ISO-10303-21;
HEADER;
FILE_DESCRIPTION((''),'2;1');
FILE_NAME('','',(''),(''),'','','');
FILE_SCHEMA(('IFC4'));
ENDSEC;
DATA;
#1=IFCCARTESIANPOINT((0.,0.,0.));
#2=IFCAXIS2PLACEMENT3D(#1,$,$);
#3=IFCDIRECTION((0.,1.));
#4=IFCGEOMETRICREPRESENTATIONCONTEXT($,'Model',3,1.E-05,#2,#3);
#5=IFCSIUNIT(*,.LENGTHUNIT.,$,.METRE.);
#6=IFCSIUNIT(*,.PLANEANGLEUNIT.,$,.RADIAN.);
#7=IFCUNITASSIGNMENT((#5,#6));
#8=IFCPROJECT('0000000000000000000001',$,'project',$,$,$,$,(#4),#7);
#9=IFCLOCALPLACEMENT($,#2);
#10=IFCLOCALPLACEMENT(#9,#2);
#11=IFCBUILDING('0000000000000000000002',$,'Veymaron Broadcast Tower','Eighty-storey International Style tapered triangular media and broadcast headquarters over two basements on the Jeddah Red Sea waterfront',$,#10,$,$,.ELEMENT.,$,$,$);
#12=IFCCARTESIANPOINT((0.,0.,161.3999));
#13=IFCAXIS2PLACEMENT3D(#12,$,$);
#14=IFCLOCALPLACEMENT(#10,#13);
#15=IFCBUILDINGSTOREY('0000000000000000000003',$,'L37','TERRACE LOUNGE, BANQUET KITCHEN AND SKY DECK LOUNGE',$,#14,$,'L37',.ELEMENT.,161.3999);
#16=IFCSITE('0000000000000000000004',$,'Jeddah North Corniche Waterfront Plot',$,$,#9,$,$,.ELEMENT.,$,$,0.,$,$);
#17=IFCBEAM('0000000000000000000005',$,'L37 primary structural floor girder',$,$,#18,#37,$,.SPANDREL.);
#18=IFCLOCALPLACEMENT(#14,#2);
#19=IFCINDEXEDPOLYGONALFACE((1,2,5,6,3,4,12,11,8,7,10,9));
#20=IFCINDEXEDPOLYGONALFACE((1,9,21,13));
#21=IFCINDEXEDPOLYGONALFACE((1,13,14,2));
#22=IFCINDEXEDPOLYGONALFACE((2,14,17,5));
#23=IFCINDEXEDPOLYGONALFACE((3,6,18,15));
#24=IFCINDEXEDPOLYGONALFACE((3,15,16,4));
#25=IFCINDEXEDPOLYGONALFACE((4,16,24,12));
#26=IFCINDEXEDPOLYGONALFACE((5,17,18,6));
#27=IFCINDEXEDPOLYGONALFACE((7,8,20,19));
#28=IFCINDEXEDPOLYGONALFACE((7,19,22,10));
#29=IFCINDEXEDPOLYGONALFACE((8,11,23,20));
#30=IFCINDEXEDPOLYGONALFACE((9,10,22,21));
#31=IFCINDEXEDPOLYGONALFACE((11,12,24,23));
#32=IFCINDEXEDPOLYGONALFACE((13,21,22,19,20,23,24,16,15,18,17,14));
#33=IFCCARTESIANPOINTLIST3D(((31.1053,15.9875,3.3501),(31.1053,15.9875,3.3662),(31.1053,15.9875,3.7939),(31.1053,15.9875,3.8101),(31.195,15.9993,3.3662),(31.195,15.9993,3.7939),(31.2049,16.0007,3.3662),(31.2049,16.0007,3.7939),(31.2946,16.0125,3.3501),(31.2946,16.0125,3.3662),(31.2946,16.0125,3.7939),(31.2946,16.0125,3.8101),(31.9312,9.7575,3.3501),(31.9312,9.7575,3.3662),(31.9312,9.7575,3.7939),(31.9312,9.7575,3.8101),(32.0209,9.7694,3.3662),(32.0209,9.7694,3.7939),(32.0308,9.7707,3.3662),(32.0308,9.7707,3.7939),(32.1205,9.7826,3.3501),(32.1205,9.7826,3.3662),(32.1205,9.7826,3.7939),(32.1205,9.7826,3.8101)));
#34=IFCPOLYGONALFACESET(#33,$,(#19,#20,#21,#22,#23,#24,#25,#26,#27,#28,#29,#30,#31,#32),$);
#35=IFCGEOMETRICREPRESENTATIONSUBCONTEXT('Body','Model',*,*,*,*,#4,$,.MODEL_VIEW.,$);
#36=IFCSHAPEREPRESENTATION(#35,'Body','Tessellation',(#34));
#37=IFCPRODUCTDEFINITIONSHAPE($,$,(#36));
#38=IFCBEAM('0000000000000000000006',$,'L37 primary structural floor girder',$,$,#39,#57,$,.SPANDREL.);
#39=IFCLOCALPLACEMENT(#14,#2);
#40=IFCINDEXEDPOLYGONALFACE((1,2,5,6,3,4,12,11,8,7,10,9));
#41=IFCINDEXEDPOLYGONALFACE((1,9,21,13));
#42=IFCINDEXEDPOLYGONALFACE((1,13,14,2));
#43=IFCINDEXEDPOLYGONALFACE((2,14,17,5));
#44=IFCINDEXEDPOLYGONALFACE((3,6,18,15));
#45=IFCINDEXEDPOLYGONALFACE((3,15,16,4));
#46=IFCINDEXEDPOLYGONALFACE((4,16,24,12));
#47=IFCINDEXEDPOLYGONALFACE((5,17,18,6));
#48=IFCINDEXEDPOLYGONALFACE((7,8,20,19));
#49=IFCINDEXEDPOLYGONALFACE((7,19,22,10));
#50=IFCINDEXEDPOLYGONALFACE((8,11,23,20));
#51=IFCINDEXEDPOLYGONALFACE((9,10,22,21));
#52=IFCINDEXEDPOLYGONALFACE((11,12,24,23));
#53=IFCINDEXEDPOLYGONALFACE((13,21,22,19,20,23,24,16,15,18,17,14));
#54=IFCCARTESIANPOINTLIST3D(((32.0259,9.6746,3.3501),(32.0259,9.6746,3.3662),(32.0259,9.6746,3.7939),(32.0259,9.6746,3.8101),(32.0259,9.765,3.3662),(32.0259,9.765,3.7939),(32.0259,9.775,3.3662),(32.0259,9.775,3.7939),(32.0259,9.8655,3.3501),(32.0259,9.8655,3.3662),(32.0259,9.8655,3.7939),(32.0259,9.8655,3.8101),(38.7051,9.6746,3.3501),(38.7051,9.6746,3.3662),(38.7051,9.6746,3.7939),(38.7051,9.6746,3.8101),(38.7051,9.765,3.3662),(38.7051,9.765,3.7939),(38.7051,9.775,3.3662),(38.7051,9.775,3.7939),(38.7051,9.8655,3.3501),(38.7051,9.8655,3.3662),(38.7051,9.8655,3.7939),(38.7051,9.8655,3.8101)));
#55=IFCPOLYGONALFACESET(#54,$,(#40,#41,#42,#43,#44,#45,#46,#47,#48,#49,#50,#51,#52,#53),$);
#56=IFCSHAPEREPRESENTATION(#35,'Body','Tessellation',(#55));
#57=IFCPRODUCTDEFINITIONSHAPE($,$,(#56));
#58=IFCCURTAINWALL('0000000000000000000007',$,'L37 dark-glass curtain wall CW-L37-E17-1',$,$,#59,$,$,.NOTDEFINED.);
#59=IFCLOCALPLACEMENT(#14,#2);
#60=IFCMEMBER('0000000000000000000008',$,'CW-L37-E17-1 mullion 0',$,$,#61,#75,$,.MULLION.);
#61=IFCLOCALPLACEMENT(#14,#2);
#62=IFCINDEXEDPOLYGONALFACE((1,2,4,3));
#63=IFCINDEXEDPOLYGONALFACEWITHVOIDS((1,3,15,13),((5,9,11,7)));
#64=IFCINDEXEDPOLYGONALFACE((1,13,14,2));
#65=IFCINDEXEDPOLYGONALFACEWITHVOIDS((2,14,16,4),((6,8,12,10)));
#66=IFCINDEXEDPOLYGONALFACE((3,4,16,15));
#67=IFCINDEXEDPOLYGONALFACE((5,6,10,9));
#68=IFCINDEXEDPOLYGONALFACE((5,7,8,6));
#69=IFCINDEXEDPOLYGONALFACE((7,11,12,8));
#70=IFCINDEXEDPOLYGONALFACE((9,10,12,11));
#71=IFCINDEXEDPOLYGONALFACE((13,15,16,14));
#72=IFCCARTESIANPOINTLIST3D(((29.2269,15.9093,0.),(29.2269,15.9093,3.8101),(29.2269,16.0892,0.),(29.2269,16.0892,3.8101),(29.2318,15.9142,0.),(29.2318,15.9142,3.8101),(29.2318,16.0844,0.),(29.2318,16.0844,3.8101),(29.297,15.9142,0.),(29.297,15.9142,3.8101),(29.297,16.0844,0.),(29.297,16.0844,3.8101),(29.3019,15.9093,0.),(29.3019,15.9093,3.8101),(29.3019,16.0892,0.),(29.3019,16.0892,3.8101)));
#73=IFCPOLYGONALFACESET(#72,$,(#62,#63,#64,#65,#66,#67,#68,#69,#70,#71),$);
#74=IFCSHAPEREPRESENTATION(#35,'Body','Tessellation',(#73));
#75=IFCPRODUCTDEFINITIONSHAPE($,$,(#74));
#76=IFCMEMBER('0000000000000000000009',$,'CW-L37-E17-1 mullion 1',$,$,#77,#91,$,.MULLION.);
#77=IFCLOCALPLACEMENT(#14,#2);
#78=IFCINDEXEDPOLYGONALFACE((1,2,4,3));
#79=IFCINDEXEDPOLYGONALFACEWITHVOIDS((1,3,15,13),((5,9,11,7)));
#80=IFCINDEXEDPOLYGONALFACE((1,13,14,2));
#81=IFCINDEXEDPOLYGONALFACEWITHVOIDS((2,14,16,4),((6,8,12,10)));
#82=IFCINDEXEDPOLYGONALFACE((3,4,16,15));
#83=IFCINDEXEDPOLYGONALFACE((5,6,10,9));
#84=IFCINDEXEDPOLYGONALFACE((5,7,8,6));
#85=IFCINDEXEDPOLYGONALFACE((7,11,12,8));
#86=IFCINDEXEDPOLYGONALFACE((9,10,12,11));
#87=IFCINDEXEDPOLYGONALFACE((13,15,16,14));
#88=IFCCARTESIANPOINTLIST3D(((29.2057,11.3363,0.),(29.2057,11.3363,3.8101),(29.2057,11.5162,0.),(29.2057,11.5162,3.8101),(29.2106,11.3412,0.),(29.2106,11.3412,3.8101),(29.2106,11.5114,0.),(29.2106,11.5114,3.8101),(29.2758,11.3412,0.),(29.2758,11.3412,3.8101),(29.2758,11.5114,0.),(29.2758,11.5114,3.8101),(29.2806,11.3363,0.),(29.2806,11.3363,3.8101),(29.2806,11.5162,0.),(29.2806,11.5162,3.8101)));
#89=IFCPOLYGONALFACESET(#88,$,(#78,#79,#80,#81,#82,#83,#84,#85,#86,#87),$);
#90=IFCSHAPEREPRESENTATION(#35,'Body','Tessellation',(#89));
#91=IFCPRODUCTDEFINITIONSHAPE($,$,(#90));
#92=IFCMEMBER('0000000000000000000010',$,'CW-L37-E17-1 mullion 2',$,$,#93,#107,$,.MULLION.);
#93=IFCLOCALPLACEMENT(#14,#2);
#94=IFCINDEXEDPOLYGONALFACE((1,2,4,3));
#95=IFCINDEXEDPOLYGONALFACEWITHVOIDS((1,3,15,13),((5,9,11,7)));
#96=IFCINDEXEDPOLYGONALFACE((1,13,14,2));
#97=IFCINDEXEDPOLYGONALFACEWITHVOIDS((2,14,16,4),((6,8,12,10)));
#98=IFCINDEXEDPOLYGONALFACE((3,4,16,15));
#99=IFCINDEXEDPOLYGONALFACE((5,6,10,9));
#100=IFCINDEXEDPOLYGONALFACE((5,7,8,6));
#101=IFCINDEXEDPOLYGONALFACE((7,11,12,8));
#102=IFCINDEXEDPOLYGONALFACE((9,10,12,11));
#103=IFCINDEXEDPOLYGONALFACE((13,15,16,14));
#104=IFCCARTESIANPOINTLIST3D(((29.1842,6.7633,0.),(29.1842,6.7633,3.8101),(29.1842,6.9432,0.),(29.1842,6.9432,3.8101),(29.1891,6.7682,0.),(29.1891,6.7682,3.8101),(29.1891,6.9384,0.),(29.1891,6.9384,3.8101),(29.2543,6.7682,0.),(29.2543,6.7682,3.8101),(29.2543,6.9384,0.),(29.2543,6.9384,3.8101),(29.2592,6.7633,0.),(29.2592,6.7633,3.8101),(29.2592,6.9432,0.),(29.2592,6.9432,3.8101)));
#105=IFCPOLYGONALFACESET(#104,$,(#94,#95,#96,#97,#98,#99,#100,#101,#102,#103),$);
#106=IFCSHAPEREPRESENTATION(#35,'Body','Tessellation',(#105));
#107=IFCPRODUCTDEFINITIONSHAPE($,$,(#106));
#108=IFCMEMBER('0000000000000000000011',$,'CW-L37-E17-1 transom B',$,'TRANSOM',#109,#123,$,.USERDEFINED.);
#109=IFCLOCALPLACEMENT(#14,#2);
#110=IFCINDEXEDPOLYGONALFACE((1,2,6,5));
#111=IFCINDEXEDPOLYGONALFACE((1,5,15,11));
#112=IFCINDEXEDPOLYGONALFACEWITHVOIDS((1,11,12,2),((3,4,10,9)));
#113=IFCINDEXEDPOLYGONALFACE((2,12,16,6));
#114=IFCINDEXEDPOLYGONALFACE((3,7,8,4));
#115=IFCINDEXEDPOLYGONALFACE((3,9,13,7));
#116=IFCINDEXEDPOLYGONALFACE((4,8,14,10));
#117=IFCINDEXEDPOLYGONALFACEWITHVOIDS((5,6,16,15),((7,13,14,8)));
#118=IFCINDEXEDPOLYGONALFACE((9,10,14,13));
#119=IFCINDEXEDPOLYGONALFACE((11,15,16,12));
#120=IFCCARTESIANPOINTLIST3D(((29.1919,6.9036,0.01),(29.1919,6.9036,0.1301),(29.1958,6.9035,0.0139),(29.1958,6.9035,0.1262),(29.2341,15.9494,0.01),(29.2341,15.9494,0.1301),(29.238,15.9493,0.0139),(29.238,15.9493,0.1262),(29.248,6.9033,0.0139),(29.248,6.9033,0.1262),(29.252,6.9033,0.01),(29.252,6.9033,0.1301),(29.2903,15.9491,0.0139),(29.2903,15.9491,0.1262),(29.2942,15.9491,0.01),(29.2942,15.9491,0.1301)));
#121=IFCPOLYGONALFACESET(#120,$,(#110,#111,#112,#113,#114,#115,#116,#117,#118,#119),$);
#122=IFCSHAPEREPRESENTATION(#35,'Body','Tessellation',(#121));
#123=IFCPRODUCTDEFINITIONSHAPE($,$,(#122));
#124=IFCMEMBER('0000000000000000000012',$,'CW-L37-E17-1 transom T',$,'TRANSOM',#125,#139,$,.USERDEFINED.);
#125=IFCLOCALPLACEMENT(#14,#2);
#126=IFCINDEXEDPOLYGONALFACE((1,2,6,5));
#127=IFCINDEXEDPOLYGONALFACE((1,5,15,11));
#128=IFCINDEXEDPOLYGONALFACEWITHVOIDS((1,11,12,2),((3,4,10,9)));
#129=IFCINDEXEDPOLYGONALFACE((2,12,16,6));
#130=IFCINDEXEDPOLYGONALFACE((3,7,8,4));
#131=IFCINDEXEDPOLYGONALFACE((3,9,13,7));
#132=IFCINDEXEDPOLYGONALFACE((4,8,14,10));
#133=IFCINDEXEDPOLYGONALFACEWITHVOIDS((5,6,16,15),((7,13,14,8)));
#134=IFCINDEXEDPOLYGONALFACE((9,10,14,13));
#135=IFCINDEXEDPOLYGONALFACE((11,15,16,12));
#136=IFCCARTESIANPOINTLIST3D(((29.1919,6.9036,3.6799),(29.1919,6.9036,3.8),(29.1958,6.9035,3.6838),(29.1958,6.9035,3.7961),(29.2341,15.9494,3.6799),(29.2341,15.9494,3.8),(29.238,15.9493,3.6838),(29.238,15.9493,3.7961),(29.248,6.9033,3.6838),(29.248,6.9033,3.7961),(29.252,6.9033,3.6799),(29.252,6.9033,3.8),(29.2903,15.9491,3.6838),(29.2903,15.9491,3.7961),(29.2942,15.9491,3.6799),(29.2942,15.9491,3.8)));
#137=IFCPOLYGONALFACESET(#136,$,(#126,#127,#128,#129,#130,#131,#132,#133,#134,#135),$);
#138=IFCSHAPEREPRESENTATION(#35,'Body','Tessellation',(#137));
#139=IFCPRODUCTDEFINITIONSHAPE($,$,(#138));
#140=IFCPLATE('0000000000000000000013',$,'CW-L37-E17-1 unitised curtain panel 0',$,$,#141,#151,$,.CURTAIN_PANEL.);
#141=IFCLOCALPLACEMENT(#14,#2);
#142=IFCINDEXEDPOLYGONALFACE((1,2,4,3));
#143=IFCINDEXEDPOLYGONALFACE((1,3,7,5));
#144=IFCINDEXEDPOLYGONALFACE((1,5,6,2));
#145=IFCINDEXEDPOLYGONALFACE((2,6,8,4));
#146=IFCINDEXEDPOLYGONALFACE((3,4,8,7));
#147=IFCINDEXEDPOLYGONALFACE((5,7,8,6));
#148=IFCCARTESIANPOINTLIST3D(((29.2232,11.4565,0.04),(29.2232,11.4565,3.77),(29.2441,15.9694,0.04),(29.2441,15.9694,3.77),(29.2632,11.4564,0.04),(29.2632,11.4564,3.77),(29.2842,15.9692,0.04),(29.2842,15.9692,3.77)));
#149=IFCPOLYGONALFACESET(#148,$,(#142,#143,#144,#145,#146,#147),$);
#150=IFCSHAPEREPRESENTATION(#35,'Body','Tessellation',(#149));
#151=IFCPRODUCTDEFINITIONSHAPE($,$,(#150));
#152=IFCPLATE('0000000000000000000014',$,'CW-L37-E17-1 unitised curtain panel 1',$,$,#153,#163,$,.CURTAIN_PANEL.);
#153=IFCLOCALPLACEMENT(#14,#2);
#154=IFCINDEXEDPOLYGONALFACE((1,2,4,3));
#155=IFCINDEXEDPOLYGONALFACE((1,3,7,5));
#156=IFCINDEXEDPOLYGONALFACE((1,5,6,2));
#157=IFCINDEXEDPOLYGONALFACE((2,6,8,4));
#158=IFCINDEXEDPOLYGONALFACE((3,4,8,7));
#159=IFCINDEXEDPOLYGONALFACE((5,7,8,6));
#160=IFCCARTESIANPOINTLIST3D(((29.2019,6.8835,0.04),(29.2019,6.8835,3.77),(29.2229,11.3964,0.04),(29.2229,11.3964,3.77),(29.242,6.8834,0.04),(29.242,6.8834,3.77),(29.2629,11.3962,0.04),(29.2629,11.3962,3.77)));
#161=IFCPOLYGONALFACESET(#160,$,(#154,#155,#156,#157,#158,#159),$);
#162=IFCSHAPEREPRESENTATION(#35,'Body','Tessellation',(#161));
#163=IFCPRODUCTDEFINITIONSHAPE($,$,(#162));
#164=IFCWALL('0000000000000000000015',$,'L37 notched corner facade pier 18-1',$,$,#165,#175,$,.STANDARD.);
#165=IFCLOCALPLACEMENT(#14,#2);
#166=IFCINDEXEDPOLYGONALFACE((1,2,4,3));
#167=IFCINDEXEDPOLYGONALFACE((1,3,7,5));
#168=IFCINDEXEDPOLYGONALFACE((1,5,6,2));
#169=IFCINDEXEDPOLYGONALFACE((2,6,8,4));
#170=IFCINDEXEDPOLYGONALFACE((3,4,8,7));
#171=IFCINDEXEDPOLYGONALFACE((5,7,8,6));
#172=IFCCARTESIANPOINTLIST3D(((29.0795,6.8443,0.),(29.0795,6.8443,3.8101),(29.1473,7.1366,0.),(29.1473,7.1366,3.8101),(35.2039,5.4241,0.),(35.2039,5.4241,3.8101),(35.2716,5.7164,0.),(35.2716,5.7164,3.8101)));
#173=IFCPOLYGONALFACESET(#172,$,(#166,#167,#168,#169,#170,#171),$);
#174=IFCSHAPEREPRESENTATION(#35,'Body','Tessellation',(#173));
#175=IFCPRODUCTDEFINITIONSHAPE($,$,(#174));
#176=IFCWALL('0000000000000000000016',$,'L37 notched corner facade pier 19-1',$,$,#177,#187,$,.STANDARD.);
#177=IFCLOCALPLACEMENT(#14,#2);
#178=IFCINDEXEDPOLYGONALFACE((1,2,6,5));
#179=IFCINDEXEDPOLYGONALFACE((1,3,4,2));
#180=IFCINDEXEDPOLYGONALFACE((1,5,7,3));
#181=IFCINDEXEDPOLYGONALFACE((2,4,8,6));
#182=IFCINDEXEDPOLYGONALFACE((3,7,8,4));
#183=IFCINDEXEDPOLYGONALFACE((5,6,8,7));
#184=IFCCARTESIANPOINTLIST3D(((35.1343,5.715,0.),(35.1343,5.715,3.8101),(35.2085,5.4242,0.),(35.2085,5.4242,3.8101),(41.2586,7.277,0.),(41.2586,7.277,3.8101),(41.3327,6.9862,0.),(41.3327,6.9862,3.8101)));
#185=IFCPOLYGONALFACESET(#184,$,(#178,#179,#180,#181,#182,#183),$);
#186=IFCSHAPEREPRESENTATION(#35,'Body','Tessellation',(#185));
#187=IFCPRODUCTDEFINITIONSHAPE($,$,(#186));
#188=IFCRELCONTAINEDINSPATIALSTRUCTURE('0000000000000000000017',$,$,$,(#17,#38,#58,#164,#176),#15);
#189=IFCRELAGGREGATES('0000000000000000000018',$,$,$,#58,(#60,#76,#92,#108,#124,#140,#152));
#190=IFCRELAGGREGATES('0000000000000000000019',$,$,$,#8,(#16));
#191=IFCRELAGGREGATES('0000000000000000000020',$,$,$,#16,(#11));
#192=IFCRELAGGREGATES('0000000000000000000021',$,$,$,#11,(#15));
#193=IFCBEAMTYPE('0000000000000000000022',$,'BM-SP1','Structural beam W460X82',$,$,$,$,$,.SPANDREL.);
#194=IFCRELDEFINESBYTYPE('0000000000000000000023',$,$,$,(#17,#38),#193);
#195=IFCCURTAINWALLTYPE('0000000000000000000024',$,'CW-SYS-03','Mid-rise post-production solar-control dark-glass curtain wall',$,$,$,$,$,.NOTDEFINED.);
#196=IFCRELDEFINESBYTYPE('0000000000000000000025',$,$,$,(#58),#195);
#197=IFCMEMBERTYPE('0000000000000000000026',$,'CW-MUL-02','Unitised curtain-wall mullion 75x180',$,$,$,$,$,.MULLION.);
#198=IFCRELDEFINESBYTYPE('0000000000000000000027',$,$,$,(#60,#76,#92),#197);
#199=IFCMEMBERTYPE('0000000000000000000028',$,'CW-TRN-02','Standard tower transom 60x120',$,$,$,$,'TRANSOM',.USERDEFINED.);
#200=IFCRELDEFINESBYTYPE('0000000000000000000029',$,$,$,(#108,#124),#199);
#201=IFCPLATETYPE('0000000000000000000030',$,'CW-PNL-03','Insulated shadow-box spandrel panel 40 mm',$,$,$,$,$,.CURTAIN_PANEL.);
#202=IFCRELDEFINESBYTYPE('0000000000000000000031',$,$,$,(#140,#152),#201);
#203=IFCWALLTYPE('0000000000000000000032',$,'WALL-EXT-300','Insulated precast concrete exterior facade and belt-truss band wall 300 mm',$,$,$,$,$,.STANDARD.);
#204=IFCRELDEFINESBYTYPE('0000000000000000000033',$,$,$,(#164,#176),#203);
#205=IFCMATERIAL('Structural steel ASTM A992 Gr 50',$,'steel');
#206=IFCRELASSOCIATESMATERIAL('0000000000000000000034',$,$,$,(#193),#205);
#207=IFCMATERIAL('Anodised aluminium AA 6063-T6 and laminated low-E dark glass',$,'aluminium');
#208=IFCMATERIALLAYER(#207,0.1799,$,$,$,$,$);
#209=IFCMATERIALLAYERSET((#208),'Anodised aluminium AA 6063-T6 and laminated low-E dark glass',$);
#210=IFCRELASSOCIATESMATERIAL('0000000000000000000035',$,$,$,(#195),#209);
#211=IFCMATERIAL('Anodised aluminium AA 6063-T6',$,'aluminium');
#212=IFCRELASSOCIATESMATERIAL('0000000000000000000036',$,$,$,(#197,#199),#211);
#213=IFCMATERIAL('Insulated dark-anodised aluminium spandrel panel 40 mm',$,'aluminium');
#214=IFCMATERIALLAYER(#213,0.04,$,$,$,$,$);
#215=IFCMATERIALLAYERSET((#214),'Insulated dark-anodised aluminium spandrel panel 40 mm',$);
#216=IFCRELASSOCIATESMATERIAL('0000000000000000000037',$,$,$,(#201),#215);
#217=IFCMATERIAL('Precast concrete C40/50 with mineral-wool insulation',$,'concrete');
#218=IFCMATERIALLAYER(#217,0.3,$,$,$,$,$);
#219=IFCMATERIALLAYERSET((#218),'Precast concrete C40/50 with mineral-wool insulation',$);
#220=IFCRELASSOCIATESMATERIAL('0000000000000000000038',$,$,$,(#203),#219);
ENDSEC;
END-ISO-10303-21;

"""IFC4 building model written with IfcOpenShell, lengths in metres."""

from ifc_helpers import new_model, si_unit, direction, frame, frame_2d, origin, origin_2d, place, context, subcontext, project, spatial, rectangle, hollow_rectangle, i_section, extrude, material, layer, layer_set, material_profile, profile_set, type_object, element, aggregate, save


model = new_model("IFC4")

# Units and contexts
model_context = context("Model", 3, precision=1e-05, world=origin(), true_north=direction((0.0, 1.0)))
body_context = subcontext(model_context, "Body", "Model", "MODEL_VIEW")
ifc_project = project(units=[si_unit("LENGTHUNIT", "METRE"), si_unit("PLANEANGLEUNIT", "RADIAN")], contexts=[model_context])

# Site, building, storey
site_placement = place(None, origin())
site = spatial("IfcSite", under=ifc_project, at=site_placement, Name="Jeddah North Corniche Waterfront Plot", CompositionType="ELEMENT", RefElevation=0.0)
building_placement = place(site_placement, origin())
building = spatial("IfcBuilding", under=site, at=building_placement, Name="Veymaron Broadcast Tower", Description="Eighty-storey International Style tapered triangular media and broadcast headquarters over two basements on the Jeddah Red Sea waterfront", CompositionType="ELEMENT")
storey_placement = place(building_placement, frame((0.0, 0.0, 161.3999)))
storey = spatial("IfcBuildingStorey", under=building, at=storey_placement, Name="L37", Description="TERRACE LOUNGE, BANQUET KITCHEN AND SKY DECK LOUNGE", LongName="L37", CompositionType="ELEMENT", Elevation=161.3999)

# Shared definitions
ifc_material_1 = material(Name="Structural steel ASTM A992 Gr 50", Category="steel")

# Beams
ifc_material_profile_1 = material_profile(ifc_material_1, i_section(OverallWidth=0.1909, OverallDepth=0.46, WebThickness=0.01, FlangeThickness=0.0161, at=origin_2d()), Name="W460X82")
ifc_profile_set_1 = profile_set([ifc_material_profile_1], Name="Structural steel ASTM A992 Gr 50")
beam_type_1 = type_object("IfcBeamType", Name="BM-SP1", Description="Structural beam W460X82", PredefinedType="SPANDREL", material=ifc_profile_set_1)
beam_1_placement = place(storey_placement, frame((31.2, 16.0, 3.5801), z_axis=(0.131423, -0.991326, 0.0), x_axis=(0.991326, 0.131423, 0.0)))
element("IfcBeam", 1, at=beam_1_placement, inside=storey, type_object=beam_type_1, Name="L37 primary structural floor girder", PredefinedType="SPANDREL", context=body_context, shape_type="SweptSolid", body=[
    extrude(i_section(OverallWidth=0.1909, OverallDepth=0.46, WebThickness=0.01, FlangeThickness=0.0161, at=origin_2d()), origin(), (0.0, 0.0, 1.0), 6.2844),
])
beam_2_placement = place(storey_placement, frame((32.0259, 9.77, 3.5801), z_axis=(1.0, 0.0, 0.0), x_axis=(0.0, 1.0, 0.0)))
element("IfcBeam", 2, at=beam_2_placement, inside=storey, type_object=beam_type_1, Name="L37 primary structural floor girder", PredefinedType="SPANDREL", context=body_context, shape_type="SweptSolid", body=[
    extrude(i_section(OverallWidth=0.1909, OverallDepth=0.46, WebThickness=0.01, FlangeThickness=0.0161, at=origin_2d()), origin(), (0.0, 0.0, 1.0), 6.6792),
])

# Curtain wall, members, plates
ifc_material_2 = material(Name="Anodised aluminium AA 6063-T6 and laminated low-E dark glass", Category="aluminium")
ifc_layer_1 = layer(ifc_material_2, 0.1799)
ifc_layer_set_1 = layer_set([ifc_layer_1], Name="Anodised aluminium AA 6063-T6 and laminated low-E dark glass")
curtain_wall_type = type_object("IfcCurtainWallType", Name="CW-SYS-03", Description="Mid-rise post-production solar-control dark-glass curtain wall", PredefinedType="NOTDEFINED", material=ifc_layer_set_1)
curtain_wall_placement = place(storey_placement, origin())
curtain_wall = element("IfcCurtainWall", 3, at=curtain_wall_placement, inside=storey, type_object=curtain_wall_type, Name="L37 dark-glass curtain wall CW-L37-E17-1", PredefinedType="NOTDEFINED")
ifc_material_3 = material(Name="Anodised aluminium AA 6063-T6", Category="aluminium")
ifc_material_profile_2 = material_profile(ifc_material_3, hollow_rectangle(XDim=0.075, YDim=0.1799, WallThickness=0.0049, at=origin_2d()), Name="AL180X75X5")
ifc_profile_set_2 = profile_set([ifc_material_profile_2], Name="Anodised aluminium AA 6063-T6")
member_type_1 = type_object("IfcMemberType", Name="CW-MUL-02", Description="Unitised curtain-wall mullion 75x180", PredefinedType="MULLION", material=ifc_profile_set_2)
member_1_placement = place(storey_placement, frame((29.2644, 15.9993, 0.0), z_axis=(0.0, 0.0, 1.0), x_axis=(1.0, 0.0, 0.0)))
member_1 = element("IfcMember", 4, at=member_1_placement, type_object=member_type_1, Name="CW-L37-E17-1 mullion 0", PredefinedType="MULLION", context=body_context, shape_type="SweptSolid", body=[
    extrude(hollow_rectangle(XDim=0.075, YDim=0.1799, WallThickness=0.0049, at=origin_2d()), origin(), (0.0, 0.0, 1.0), 3.8101),
])
member_2_placement = place(storey_placement, frame((29.2432, 11.4263, 0.0), z_axis=(0.0, 0.0, 1.0), x_axis=(1.0, 0.0, 0.0)))
member_2 = element("IfcMember", 5, at=member_2_placement, type_object=member_type_1, Name="CW-L37-E17-1 mullion 1", PredefinedType="MULLION", context=body_context, shape_type="SweptSolid", body=[
    extrude(hollow_rectangle(XDim=0.075, YDim=0.1799, WallThickness=0.0049, at=origin_2d()), origin(), (0.0, 0.0, 1.0), 3.8101),
])
member_3_placement = place(storey_placement, frame((29.2217, 6.8533, 0.0), z_axis=(0.0, 0.0, 1.0), x_axis=(1.0, 0.0, 0.0)))
member_3 = element("IfcMember", 6, at=member_3_placement, type_object=member_type_1, Name="CW-L37-E17-1 mullion 2", PredefinedType="MULLION", context=body_context, shape_type="SweptSolid", body=[
    extrude(hollow_rectangle(XDim=0.075, YDim=0.1799, WallThickness=0.0049, at=origin_2d()), origin(), (0.0, 0.0, 1.0), 3.8101),
])
ifc_material_profile_3 = material_profile(ifc_material_3, hollow_rectangle(XDim=0.0601, YDim=0.1201, WallThickness=0.0039, at=origin_2d()), Name="AL120X60X4")
ifc_profile_set_3 = profile_set([ifc_material_profile_3], Name="Anodised aluminium AA 6063-T6")
member_type_2 = type_object("IfcMemberType", Name="CW-TRN-02", Description="Standard tower transom 60x120", ElementType="TRANSOM", PredefinedType="USERDEFINED", material=ifc_profile_set_3)
member_4_placement = place(storey_placement, frame((29.2642, 15.9492, 0.0701), z_axis=(-0.004669, -0.999989, 0.0), x_axis=(0.999989, -0.004669, 0.0)))
member_4 = element("IfcMember", 7, at=member_4_placement, type_object=member_type_2, Name="CW-L37-E17-1 transom B", ObjectType="TRANSOM", PredefinedType="USERDEFINED", context=body_context, shape_type="SweptSolid", body=[
    extrude(hollow_rectangle(XDim=0.0601, YDim=0.1201, WallThickness=0.0039, at=origin_2d()), origin(), (0.0, 0.0, 1.0), 9.0459),
])
member_5_placement = place(storey_placement, frame((29.2642, 15.9492, 3.74), z_axis=(-0.004669, -0.999989, 0.0), x_axis=(0.999989, -0.004669, 0.0)))
member_5 = element("IfcMember", 8, at=member_5_placement, type_object=member_type_2, Name="CW-L37-E17-1 transom T", ObjectType="TRANSOM", PredefinedType="USERDEFINED", context=body_context, shape_type="SweptSolid", body=[
    extrude(hollow_rectangle(XDim=0.0601, YDim=0.1201, WallThickness=0.0039, at=origin_2d()), origin(), (0.0, 0.0, 1.0), 9.0459),
])
ifc_material_4 = material(Name="Insulated dark-anodised aluminium spandrel panel 40 mm", Category="aluminium")
ifc_layer_2 = layer(ifc_material_4, 0.04)
ifc_layer_set_2 = layer_set([ifc_layer_2], Name="Insulated dark-anodised aluminium spandrel panel 40 mm")
plate_type = type_object("IfcPlateType", Name="CW-PNL-03", Description="Insulated shadow-box spandrel panel 40 mm", PredefinedType="CURTAIN_PANEL", material=ifc_layer_set_2)
plate_1_placement = place(storey_placement, frame((29.2537, 13.7129, 0.04), z_axis=(0.0, 0.0, 1.0), x_axis=(-0.004643, -0.999989, 0.0)))
plate_1 = element("IfcPlate", 9, at=plate_1_placement, type_object=plate_type, Name="CW-L37-E17-1 unitised curtain panel 0", PredefinedType="CURTAIN_PANEL", context=body_context, shape_type="SweptSolid", body=[
    extrude(rectangle(XDim=4.5129, YDim=0.04, at=origin_2d()), origin(), (0.0, 0.0, 1.0), 3.73),
])
plate_2_placement = place(storey_placement, frame((29.2324, 9.1399, 0.04), z_axis=(0.0, 0.0, 1.0), x_axis=(-0.004643, -0.999989, 0.0)))
plate_2 = element("IfcPlate", 10, at=plate_2_placement, type_object=plate_type, Name="CW-L37-E17-1 unitised curtain panel 1", PredefinedType="CURTAIN_PANEL", context=body_context, shape_type="SweptSolid", body=[
    extrude(rectangle(XDim=4.5129, YDim=0.04, at=origin_2d()), origin(), (0.0, 0.0, 1.0), 3.73),
])
aggregate(curtain_wall, [member_1, member_2, member_3, member_4, member_5, plate_1, plate_2])

# Walls
ifc_material_5 = material(Name="Precast concrete C40/50 with mineral-wool insulation", Category="concrete")
ifc_layer_3 = layer(ifc_material_5, 0.3)
ifc_layer_set_3 = layer_set([ifc_layer_3], Name="Precast concrete C40/50 with mineral-wool insulation")
wall_type_1 = type_object("IfcWallType", Name="WALL-EXT-300", Description="Insulated precast concrete exterior facade and belt-truss band wall 300 mm", PredefinedType="STANDARD", material=ifc_layer_set_3)
wall_1_placement = place(storey_placement, frame((29.1133, 6.9905, 0.0), z_axis=(0.0, 0.0, 1.0), x_axis=(0.974151, -0.225897, 0.0)))
element("IfcWall", 11, at=wall_1_placement, inside=storey, type_object=wall_type_1, Name="L37 notched corner facade pier 18-1", PredefinedType="STANDARD", context=body_context, shape_type="SweptSolid", body=[
    extrude(rectangle(XDim=6.2869, YDim=0.3, at=frame_2d((3.1436, 0.0))), origin(), (0.0, 0.0, 1.0), 3.8101),
])
wall_2_placement = place(storey_placement, frame((35.1714, 5.5696, 0.0), z_axis=(0.0, 0.0, 1.0), x_axis=(0.96898, 0.247141, 0.0)))
element("IfcWall", 12, at=wall_2_placement, inside=storey, type_object=wall_type_1, Name="L37 notched corner facade pier 19-1", PredefinedType="STANDARD", context=body_context, shape_type="SweptSolid", body=[
    extrude(rectangle(XDim=6.3203, YDim=0.3, at=frame_2d((3.1602, 0.0))), origin(), (0.0, 0.0, 1.0), 3.8101),
])

save(model, "model.ifc")
